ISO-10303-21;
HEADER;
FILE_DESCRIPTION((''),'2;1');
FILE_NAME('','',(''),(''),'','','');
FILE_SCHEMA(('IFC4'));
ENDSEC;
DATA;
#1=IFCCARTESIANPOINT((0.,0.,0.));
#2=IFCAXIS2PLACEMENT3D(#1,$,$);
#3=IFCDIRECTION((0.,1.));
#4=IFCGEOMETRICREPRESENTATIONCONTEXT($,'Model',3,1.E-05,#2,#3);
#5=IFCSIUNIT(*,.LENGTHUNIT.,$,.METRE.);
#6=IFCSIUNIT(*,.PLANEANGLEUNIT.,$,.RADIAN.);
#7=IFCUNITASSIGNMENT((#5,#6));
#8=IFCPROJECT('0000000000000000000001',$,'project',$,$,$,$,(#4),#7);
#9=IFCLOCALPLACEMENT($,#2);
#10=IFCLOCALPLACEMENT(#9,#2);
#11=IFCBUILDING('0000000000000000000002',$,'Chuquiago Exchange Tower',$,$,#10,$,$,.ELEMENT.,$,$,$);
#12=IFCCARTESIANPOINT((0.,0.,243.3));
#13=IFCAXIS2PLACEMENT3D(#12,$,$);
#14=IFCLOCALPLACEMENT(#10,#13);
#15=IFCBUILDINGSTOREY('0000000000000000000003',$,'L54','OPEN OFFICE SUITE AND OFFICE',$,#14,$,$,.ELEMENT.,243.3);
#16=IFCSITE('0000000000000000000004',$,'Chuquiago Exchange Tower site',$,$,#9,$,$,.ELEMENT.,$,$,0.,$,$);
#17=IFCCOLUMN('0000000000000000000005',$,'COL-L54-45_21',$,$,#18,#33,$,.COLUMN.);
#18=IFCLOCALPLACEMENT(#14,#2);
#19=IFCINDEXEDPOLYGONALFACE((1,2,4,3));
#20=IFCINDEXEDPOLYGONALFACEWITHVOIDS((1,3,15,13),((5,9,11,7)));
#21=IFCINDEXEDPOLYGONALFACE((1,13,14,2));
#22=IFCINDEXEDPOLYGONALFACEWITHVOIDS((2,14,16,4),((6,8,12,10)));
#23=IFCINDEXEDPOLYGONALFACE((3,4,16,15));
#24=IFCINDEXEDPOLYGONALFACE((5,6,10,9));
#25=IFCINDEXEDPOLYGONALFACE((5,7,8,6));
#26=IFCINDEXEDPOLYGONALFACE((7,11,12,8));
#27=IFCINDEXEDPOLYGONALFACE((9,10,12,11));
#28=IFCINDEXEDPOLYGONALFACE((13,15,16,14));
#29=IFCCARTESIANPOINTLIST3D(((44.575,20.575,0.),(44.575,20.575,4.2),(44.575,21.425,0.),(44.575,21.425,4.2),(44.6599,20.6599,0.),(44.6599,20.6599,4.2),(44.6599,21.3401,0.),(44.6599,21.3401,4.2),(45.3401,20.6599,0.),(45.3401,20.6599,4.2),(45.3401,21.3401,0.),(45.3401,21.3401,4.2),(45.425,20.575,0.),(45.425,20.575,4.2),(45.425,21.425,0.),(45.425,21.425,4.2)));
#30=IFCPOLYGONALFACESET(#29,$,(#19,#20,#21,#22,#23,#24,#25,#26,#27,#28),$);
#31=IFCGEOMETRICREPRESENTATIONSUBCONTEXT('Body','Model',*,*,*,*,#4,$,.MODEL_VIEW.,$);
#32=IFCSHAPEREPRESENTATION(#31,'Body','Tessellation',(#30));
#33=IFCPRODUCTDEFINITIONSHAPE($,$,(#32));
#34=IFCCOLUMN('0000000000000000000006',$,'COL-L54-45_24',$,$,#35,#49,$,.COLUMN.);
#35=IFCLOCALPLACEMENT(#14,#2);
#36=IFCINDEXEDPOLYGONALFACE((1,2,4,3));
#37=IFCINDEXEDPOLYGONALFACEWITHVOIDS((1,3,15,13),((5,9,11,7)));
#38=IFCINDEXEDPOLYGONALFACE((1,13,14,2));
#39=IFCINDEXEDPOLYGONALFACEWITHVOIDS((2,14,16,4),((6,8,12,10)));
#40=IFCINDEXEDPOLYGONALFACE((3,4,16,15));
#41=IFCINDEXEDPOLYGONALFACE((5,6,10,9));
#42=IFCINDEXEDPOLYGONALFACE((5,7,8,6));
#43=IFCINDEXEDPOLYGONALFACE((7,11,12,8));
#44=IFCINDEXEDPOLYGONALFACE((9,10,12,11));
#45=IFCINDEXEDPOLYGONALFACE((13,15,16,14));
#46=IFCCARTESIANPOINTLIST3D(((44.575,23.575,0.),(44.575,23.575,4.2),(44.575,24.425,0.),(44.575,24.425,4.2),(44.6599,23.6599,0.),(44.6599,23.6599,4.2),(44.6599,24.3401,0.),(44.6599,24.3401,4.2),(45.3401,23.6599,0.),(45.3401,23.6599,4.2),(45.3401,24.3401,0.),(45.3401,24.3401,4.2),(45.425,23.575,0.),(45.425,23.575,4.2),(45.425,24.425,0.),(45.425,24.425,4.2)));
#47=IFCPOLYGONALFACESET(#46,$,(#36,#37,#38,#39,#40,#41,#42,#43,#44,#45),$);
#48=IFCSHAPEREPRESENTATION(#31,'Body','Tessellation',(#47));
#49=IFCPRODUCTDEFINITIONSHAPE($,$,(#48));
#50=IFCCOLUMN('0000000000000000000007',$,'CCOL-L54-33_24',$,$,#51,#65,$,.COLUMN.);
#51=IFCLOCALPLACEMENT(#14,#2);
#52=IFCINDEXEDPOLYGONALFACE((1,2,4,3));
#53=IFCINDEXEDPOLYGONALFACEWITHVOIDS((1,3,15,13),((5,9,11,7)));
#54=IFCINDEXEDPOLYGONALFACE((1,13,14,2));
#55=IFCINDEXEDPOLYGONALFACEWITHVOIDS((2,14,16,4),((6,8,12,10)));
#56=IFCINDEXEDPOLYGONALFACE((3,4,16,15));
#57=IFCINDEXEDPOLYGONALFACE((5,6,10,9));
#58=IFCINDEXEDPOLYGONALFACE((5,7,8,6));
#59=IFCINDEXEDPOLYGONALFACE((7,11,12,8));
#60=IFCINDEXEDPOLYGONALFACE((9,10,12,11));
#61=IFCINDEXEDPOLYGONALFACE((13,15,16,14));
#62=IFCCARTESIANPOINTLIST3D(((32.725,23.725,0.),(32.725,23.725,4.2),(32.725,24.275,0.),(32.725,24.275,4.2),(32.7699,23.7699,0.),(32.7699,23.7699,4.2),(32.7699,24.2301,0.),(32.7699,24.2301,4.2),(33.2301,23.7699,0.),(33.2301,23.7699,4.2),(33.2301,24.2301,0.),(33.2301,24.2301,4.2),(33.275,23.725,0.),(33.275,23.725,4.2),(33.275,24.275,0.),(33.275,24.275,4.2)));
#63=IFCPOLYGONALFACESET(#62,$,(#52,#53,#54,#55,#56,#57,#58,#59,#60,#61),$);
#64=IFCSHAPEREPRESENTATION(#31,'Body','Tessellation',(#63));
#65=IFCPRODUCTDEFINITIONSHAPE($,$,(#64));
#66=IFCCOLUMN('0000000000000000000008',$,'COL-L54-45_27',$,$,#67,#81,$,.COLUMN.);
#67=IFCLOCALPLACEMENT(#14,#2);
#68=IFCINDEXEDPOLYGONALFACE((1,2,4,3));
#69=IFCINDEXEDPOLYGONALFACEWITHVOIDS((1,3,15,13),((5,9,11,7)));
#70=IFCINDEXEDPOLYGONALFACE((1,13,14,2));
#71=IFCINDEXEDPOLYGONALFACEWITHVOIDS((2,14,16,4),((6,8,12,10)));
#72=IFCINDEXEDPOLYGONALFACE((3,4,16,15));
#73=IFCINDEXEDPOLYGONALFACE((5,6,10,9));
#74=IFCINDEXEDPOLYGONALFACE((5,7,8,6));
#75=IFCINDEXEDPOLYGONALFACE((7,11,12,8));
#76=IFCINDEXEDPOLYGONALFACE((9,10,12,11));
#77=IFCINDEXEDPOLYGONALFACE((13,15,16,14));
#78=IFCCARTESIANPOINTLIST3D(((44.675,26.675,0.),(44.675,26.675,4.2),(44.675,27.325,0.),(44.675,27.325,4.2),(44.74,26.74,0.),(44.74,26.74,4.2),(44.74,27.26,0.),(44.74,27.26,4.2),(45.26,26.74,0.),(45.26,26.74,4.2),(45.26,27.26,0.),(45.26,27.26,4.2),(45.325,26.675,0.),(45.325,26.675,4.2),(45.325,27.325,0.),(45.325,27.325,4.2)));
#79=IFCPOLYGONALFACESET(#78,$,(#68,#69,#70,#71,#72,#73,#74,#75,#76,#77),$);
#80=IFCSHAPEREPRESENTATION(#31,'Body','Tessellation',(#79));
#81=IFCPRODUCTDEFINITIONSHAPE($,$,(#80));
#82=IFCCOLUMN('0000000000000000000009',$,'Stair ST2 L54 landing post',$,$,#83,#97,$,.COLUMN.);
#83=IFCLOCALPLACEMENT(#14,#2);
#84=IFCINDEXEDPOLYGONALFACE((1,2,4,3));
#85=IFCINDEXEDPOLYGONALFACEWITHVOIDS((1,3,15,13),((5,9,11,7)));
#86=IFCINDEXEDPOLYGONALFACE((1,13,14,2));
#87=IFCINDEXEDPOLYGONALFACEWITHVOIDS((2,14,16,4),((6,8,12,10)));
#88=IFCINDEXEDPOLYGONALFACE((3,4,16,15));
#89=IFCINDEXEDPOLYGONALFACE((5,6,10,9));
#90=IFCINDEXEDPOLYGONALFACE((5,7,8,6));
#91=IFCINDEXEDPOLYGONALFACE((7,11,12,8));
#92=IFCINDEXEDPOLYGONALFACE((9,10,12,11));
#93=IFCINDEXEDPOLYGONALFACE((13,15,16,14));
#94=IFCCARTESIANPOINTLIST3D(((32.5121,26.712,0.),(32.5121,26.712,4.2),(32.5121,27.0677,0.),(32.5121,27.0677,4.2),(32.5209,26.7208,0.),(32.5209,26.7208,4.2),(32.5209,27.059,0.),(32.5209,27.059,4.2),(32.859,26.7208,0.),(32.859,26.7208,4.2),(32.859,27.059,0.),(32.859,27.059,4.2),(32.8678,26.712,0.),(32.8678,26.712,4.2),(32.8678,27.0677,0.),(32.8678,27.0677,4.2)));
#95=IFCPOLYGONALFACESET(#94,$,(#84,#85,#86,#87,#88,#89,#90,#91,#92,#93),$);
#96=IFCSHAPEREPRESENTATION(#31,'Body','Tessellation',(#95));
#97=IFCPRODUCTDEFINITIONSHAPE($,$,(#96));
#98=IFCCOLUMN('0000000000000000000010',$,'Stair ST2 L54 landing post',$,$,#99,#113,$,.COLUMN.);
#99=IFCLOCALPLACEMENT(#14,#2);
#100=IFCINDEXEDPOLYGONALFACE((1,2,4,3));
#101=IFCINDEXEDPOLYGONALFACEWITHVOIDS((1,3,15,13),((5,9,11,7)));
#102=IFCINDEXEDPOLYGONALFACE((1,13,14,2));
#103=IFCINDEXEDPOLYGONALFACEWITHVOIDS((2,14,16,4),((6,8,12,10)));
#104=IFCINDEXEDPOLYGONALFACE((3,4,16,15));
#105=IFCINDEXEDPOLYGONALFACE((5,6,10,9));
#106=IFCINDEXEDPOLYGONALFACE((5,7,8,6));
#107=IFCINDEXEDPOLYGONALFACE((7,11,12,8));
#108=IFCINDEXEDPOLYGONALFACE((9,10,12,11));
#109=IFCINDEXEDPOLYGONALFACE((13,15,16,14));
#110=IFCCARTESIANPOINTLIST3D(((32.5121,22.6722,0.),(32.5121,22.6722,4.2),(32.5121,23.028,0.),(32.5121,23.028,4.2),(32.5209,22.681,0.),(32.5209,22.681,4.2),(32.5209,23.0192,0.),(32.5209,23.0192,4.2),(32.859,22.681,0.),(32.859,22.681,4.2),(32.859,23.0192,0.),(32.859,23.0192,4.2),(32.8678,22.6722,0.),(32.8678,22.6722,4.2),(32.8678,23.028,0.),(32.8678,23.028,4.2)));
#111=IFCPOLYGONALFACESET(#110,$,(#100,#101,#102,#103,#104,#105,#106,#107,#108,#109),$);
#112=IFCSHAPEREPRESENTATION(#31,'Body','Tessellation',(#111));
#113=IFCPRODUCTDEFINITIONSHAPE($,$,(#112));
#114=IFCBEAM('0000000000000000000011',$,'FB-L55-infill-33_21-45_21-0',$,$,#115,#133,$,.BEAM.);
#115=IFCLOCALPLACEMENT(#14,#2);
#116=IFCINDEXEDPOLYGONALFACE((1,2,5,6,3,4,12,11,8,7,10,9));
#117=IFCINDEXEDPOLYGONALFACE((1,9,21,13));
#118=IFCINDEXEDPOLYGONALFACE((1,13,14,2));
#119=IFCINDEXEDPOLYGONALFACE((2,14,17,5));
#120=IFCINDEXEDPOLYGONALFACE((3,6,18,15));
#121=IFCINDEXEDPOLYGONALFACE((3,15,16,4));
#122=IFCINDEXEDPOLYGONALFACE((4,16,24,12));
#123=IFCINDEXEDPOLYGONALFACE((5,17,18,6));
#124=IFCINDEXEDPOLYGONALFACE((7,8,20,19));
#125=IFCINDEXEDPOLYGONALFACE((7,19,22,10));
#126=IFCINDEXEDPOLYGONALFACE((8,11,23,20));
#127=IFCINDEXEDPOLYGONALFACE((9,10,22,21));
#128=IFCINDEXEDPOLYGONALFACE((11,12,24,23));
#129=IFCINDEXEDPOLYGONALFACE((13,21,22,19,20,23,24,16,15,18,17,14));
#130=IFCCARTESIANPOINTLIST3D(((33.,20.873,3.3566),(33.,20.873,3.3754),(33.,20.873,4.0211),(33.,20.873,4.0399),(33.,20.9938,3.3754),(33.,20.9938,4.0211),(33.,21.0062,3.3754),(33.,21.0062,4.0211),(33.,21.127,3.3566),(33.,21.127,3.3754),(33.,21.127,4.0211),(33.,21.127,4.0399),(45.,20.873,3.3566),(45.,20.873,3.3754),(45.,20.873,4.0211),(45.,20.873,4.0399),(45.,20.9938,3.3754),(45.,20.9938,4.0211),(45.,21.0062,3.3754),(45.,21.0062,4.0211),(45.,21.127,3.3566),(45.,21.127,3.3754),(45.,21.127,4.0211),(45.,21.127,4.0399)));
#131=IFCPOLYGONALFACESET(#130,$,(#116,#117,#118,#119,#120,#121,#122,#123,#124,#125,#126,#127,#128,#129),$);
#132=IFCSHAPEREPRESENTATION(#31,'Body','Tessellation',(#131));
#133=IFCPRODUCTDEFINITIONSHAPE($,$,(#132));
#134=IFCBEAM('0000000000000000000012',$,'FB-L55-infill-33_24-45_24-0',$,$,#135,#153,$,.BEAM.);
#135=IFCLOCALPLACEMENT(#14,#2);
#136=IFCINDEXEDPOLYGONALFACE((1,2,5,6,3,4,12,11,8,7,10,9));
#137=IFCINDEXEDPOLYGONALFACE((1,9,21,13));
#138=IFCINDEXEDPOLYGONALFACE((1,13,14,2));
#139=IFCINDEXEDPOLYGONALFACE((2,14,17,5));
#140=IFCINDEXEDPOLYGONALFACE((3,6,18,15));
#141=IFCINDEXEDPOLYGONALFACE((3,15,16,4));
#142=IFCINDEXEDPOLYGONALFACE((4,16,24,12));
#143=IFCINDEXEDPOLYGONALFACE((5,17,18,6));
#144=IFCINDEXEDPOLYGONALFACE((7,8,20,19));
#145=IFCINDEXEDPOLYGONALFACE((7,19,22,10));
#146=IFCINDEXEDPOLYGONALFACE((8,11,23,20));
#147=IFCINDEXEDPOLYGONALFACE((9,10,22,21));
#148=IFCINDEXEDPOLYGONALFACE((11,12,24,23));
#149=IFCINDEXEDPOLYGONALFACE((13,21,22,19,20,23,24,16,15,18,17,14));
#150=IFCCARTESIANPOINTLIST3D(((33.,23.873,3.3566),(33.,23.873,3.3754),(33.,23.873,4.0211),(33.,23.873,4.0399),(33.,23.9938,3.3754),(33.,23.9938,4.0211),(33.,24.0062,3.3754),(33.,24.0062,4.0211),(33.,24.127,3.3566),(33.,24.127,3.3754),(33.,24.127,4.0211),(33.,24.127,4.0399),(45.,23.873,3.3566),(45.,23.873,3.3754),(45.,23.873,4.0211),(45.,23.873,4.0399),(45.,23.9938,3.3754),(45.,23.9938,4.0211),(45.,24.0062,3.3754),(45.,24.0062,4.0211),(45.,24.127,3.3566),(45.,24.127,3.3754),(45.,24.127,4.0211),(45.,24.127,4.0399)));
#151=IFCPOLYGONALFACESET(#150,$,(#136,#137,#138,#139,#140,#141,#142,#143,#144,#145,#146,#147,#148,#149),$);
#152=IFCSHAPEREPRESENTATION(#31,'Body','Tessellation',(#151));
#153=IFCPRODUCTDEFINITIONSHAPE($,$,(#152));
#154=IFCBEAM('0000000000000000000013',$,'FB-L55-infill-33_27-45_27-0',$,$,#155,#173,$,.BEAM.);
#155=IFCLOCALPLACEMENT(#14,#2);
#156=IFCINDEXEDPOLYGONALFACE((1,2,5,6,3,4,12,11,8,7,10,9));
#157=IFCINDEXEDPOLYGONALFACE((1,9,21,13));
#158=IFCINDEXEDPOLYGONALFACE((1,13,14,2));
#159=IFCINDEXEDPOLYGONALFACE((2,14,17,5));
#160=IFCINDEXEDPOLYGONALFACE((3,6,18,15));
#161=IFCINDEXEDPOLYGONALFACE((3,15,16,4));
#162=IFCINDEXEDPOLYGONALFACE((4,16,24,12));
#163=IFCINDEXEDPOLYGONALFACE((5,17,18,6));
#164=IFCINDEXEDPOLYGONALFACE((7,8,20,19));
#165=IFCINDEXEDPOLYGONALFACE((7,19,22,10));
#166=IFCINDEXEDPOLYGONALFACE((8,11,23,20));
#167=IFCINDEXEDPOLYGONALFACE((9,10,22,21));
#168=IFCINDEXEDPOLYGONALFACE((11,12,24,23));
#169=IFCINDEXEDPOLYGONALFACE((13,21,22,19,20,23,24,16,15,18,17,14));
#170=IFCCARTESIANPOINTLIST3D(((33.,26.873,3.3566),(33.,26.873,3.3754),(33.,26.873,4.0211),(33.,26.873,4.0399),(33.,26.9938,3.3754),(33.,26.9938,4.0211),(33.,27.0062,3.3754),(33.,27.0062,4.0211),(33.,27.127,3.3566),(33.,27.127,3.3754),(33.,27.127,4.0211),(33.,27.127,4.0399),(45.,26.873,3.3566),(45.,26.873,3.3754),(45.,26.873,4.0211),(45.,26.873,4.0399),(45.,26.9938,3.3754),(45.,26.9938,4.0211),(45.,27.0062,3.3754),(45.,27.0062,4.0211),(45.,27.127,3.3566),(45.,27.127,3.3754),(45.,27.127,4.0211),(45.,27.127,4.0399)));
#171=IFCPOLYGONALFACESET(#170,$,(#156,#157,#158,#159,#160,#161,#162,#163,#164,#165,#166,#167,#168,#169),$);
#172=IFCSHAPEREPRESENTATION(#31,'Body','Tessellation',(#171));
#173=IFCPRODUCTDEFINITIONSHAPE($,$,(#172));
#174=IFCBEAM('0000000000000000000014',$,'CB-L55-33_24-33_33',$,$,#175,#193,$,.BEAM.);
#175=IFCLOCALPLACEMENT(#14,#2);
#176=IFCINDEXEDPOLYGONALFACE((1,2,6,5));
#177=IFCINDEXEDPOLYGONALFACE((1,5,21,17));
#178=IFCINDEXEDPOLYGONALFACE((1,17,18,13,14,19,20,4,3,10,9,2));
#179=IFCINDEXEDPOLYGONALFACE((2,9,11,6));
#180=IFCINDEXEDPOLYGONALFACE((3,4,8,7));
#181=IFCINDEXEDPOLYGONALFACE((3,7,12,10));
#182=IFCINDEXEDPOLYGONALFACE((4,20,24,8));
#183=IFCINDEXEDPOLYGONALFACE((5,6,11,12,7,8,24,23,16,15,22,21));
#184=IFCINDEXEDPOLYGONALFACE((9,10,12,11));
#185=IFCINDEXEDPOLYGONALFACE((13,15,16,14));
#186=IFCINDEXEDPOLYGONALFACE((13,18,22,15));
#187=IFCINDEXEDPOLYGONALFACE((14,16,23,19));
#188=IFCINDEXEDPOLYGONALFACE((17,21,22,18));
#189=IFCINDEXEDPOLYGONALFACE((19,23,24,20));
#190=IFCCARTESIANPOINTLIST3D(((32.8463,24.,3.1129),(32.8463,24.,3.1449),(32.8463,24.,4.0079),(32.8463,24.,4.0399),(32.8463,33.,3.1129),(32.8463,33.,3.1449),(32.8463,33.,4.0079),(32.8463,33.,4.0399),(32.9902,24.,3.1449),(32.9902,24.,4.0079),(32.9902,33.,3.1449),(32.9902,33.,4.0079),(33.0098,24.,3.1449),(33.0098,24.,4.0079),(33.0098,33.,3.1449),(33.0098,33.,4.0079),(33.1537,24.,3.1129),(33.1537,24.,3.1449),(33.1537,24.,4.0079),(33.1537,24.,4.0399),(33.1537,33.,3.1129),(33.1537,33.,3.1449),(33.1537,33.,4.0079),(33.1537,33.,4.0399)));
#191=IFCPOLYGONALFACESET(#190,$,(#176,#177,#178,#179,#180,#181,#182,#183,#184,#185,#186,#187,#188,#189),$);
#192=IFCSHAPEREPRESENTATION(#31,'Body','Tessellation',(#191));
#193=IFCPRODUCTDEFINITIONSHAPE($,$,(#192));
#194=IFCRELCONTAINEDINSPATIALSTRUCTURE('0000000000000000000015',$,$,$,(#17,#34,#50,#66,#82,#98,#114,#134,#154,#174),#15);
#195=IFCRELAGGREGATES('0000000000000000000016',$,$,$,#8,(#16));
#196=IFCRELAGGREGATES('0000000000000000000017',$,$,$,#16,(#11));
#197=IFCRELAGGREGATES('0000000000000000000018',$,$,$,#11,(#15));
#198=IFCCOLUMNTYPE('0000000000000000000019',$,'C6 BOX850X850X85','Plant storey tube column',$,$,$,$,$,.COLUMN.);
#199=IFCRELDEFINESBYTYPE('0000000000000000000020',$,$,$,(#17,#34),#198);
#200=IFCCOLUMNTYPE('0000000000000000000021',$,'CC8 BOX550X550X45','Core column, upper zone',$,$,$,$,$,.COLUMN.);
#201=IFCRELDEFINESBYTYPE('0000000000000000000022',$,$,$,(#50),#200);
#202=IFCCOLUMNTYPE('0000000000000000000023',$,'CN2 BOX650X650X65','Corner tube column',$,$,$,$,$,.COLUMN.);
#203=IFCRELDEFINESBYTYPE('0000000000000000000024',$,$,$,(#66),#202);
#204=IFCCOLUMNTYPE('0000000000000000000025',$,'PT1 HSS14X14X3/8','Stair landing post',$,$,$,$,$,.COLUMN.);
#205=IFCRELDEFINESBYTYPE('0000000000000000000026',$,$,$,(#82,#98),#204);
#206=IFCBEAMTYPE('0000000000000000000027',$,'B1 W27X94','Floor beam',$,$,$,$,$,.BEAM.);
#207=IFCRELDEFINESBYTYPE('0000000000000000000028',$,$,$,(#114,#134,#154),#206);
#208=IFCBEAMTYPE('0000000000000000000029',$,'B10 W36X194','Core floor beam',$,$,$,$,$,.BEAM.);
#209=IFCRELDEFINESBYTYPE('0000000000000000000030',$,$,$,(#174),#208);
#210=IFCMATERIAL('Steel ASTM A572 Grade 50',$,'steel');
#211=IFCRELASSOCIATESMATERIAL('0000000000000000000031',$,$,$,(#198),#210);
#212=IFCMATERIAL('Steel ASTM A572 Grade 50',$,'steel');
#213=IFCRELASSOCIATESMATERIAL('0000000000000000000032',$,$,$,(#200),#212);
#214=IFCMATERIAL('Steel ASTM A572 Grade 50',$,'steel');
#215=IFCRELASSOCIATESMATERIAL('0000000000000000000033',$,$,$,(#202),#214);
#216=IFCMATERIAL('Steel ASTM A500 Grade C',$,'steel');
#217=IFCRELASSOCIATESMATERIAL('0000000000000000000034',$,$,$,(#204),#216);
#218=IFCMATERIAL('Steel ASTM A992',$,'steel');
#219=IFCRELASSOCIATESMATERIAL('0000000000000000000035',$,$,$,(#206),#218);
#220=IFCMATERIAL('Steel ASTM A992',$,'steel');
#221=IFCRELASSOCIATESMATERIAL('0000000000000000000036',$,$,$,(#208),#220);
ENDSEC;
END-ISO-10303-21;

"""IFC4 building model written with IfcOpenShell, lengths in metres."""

from ifc_helpers import new_model, si_unit, direction, frame, origin, origin_2d, place, context, subcontext, project, spatial, hollow_rectangle, i_section, extrude, material, material_profile, profile_set, type_object, element, save


model = new_model("IFC4")

# Units and contexts
model_context = context("Model", 3, precision=1e-05, world=origin(), true_north=direction((0.0, 1.0)))
body_context = subcontext(model_context, "Body", "Model", "MODEL_VIEW")
ifc_project = project(units=[si_unit("LENGTHUNIT", "METRE"), si_unit("PLANEANGLEUNIT", "RADIAN")], contexts=[model_context])

# Site, building, storey
site_placement = place(None, origin())
site = spatial("IfcSite", under=ifc_project, at=site_placement, Name="Chuquiago Exchange Tower site", CompositionType="ELEMENT", RefElevation=0.0)
building_placement = place(site_placement, origin())
building = spatial("IfcBuilding", under=site, at=building_placement, Name="Chuquiago Exchange Tower", CompositionType="ELEMENT")
storey_placement = place(building_placement, frame((0.0, 0.0, 243.3)))
storey = spatial("IfcBuildingStorey", under=building, at=storey_placement, Name="L54", Description="OPEN OFFICE SUITE AND OFFICE", CompositionType="ELEMENT", Elevation=243.3)

# Columns
ifc_material_1 = material(Name="Steel ASTM A572 Grade 50", Category="steel")
ifc_material_profile_1 = material_profile(ifc_material_1, hollow_rectangle(XDim=0.8501, YDim=0.8501, WallThickness=0.085, at=origin_2d()), Name="BOX850X850X85")
ifc_profile_set_1 = profile_set([ifc_material_profile_1], Name="Steel ASTM A572 Grade 50")
column_type_1 = type_object("IfcColumnType", Name="C6 BOX850X850X85", Description="Plant storey tube column", PredefinedType="COLUMN", material=ifc_profile_set_1)
for number, where, z_axis, x_axis, name in (
    (1, (45.0, 21.0, 0.0), (0.0, 0.0, 1.0), (1.0, 0.0, 0.0), "COL-L54-45_21"),
    (2, (45.0, 24.0, 0.0), (0.0, 0.0, 1.0), (1.0, 0.0, 0.0), "COL-L54-45_24"),
):
    element("IfcColumn", number, at=place(storey_placement, frame(where, z_axis=z_axis, x_axis=x_axis)), inside=storey, type_object=column_type_1, Name=name, PredefinedType="COLUMN", context=body_context, shape_type="SweptSolid", body=[
        extrude(hollow_rectangle(XDim=0.8501, YDim=0.8501, WallThickness=0.085, at=origin_2d()), origin(), (0.0, 0.0, 1.0), 4.2),
    ])
ifc_material_2 = material(Name="Steel ASTM A572 Grade 50", Category="steel")
ifc_material_profile_2 = material_profile(ifc_material_2, hollow_rectangle(XDim=0.55, YDim=0.55, WallThickness=0.0449, at=origin_2d()), Name="BOX550X550X45")
ifc_profile_set_2 = profile_set([ifc_material_profile_2], Name="Steel ASTM A572 Grade 50")
column_type_2 = type_object("IfcColumnType", Name="CC8 BOX550X550X45", Description="Core column, upper zone", PredefinedType="COLUMN", material=ifc_profile_set_2)
column_1_placement = place(storey_placement, frame((33.0, 24.0, 0.0), z_axis=(0.0, 0.0, 1.0), x_axis=(1.0, 0.0, 0.0)))
element("IfcColumn", 3, at=column_1_placement, inside=storey, type_object=column_type_2, Name="CCOL-L54-33_24", PredefinedType="COLUMN", context=body_context, shape_type="SweptSolid", body=[
    extrude(hollow_rectangle(XDim=0.55, YDim=0.55, WallThickness=0.0449, at=origin_2d()), origin(), (0.0, 0.0, 1.0), 4.2),
])
ifc_material_3 = material(Name="Steel ASTM A572 Grade 50", Category="steel")
ifc_material_profile_3 = material_profile(ifc_material_3, hollow_rectangle(XDim=0.6499, YDim=0.6499, WallThickness=0.0649, at=origin_2d()), Name="BOX650X650X65")
ifc_profile_set_3 = profile_set([ifc_material_profile_3], Name="Steel ASTM A572 Grade 50")
column_type_3 = type_object("IfcColumnType", Name="CN2 BOX650X650X65", Description="Corner tube column", PredefinedType="COLUMN", material=ifc_profile_set_3)
column_2_placement = place(storey_placement, frame((45.0, 27.0, 0.0), z_axis=(0.0, 0.0, 1.0), x_axis=(1.0, 0.0, 0.0)))
element("IfcColumn", 4, at=column_2_placement, inside=storey, type_object=column_type_3, Name="COL-L54-45_27", PredefinedType="COLUMN", context=body_context, shape_type="SweptSolid", body=[
    extrude(hollow_rectangle(XDim=0.6499, YDim=0.6499, WallThickness=0.0649, at=origin_2d()), origin(), (0.0, 0.0, 1.0), 4.2),
])
ifc_material_4 = material(Name="Steel ASTM A500 Grade C", Category="steel")
ifc_material_profile_4 = material_profile(ifc_material_4, hollow_rectangle(XDim=0.3557, YDim=0.3557, WallThickness=0.0088, at=origin_2d()), Name="HSS14X14X3/8")
ifc_profile_set_4 = profile_set([ifc_material_profile_4], Name="Steel ASTM A500 Grade C")
column_type_4 = type_object("IfcColumnType", Name="PT1 HSS14X14X3/8", Description="Stair landing post", PredefinedType="COLUMN", material=ifc_profile_set_4)
for number, where, z_axis, x_axis, name in (
    (5, (32.6899, 26.8899, 0.0), (0.0, 0.0, 1.0), (1.0, 0.0, 0.0), "Stair ST2 L54 landing post"),
    (6, (32.6899, 22.8501, 0.0), (0.0, 0.0, 1.0), (1.0, 0.0, 0.0), "Stair ST2 L54 landing post"),
):
    element("IfcColumn", number, at=place(storey_placement, frame(where, z_axis=z_axis, x_axis=x_axis)), inside=storey, type_object=column_type_4, Name=name, PredefinedType="COLUMN", context=body_context, shape_type="SweptSolid", body=[
        extrude(hollow_rectangle(XDim=0.3557, YDim=0.3557, WallThickness=0.0088, at=origin_2d()), origin(), (0.0, 0.0, 1.0), 4.2),
    ])

# Beams
ifc_material_5 = material(Name="Steel ASTM A992", Category="steel")
ifc_material_profile_5 = material_profile(ifc_material_5, i_section(OverallWidth=0.2539, OverallDepth=0.6833, WebThickness=0.0125, FlangeThickness=0.0188, at=origin_2d()), Name="W27X94")
ifc_profile_set_5 = profile_set([ifc_material_profile_5], Name="Steel ASTM A992")
beam_type_1 = type_object("IfcBeamType", Name="B1 W27X94", Description="Floor beam", PredefinedType="BEAM", material=ifc_profile_set_5)
for number, where, z_axis, x_axis, name in (
    (7, (33.0, 21.0, 3.6982), (1.0, 0.0, 0.0), (0.0, 1.0, 0.0), "FB-L55-infill-33_21-45_21-0"),
    (8, (33.0, 24.0, 3.6982), (1.0, 0.0, 0.0), (0.0, 1.0, 0.0), "FB-L55-infill-33_24-45_24-0"),
    (9, (33.0, 27.0, 3.6982), (1.0, 0.0, 0.0), (0.0, 1.0, 0.0), "FB-L55-infill-33_27-45_27-0"),
):
    element("IfcBeam", number, at=place(storey_placement, frame(where, z_axis=z_axis, x_axis=x_axis)), inside=storey, type_object=beam_type_1, Name=name, PredefinedType="BEAM", context=body_context, shape_type="SweptSolid", body=[
        extrude(i_section(OverallWidth=0.2539, OverallDepth=0.6833, WebThickness=0.0125, FlangeThickness=0.0188, at=origin_2d()), origin(), (0.0, 0.0, 1.0), 12.0),
    ])
ifc_material_6 = material(Name="Steel ASTM A992", Category="steel")
ifc_material_profile_6 = material_profile(ifc_material_6, i_section(OverallWidth=0.3074, OverallDepth=0.927, WebThickness=0.0195, FlangeThickness=0.032, at=origin_2d()), Name="W36X194")
ifc_profile_set_6 = profile_set([ifc_material_profile_6], Name="Steel ASTM A992")
beam_type_2 = type_object("IfcBeamType", Name="B10 W36X194", Description="Core floor beam", PredefinedType="BEAM", material=ifc_profile_set_6)
beam_1_placement = place(storey_placement, frame((33.0, 24.0, 3.5764), z_axis=(0.0, 1.0, 0.0), x_axis=(-1.0, 0.0, 0.0)))
element("IfcBeam", 10, at=beam_1_placement, inside=storey, type_object=beam_type_2, Name="CB-L55-33_24-33_33", PredefinedType="BEAM", context=body_context, shape_type="SweptSolid", body=[
    extrude(i_section(OverallWidth=0.3074, OverallDepth=0.927, WebThickness=0.0195, FlangeThickness=0.032, at=origin_2d()), origin(), (0.0, 0.0, 1.0), 9.0),
])

save(model, "model.ifc")
